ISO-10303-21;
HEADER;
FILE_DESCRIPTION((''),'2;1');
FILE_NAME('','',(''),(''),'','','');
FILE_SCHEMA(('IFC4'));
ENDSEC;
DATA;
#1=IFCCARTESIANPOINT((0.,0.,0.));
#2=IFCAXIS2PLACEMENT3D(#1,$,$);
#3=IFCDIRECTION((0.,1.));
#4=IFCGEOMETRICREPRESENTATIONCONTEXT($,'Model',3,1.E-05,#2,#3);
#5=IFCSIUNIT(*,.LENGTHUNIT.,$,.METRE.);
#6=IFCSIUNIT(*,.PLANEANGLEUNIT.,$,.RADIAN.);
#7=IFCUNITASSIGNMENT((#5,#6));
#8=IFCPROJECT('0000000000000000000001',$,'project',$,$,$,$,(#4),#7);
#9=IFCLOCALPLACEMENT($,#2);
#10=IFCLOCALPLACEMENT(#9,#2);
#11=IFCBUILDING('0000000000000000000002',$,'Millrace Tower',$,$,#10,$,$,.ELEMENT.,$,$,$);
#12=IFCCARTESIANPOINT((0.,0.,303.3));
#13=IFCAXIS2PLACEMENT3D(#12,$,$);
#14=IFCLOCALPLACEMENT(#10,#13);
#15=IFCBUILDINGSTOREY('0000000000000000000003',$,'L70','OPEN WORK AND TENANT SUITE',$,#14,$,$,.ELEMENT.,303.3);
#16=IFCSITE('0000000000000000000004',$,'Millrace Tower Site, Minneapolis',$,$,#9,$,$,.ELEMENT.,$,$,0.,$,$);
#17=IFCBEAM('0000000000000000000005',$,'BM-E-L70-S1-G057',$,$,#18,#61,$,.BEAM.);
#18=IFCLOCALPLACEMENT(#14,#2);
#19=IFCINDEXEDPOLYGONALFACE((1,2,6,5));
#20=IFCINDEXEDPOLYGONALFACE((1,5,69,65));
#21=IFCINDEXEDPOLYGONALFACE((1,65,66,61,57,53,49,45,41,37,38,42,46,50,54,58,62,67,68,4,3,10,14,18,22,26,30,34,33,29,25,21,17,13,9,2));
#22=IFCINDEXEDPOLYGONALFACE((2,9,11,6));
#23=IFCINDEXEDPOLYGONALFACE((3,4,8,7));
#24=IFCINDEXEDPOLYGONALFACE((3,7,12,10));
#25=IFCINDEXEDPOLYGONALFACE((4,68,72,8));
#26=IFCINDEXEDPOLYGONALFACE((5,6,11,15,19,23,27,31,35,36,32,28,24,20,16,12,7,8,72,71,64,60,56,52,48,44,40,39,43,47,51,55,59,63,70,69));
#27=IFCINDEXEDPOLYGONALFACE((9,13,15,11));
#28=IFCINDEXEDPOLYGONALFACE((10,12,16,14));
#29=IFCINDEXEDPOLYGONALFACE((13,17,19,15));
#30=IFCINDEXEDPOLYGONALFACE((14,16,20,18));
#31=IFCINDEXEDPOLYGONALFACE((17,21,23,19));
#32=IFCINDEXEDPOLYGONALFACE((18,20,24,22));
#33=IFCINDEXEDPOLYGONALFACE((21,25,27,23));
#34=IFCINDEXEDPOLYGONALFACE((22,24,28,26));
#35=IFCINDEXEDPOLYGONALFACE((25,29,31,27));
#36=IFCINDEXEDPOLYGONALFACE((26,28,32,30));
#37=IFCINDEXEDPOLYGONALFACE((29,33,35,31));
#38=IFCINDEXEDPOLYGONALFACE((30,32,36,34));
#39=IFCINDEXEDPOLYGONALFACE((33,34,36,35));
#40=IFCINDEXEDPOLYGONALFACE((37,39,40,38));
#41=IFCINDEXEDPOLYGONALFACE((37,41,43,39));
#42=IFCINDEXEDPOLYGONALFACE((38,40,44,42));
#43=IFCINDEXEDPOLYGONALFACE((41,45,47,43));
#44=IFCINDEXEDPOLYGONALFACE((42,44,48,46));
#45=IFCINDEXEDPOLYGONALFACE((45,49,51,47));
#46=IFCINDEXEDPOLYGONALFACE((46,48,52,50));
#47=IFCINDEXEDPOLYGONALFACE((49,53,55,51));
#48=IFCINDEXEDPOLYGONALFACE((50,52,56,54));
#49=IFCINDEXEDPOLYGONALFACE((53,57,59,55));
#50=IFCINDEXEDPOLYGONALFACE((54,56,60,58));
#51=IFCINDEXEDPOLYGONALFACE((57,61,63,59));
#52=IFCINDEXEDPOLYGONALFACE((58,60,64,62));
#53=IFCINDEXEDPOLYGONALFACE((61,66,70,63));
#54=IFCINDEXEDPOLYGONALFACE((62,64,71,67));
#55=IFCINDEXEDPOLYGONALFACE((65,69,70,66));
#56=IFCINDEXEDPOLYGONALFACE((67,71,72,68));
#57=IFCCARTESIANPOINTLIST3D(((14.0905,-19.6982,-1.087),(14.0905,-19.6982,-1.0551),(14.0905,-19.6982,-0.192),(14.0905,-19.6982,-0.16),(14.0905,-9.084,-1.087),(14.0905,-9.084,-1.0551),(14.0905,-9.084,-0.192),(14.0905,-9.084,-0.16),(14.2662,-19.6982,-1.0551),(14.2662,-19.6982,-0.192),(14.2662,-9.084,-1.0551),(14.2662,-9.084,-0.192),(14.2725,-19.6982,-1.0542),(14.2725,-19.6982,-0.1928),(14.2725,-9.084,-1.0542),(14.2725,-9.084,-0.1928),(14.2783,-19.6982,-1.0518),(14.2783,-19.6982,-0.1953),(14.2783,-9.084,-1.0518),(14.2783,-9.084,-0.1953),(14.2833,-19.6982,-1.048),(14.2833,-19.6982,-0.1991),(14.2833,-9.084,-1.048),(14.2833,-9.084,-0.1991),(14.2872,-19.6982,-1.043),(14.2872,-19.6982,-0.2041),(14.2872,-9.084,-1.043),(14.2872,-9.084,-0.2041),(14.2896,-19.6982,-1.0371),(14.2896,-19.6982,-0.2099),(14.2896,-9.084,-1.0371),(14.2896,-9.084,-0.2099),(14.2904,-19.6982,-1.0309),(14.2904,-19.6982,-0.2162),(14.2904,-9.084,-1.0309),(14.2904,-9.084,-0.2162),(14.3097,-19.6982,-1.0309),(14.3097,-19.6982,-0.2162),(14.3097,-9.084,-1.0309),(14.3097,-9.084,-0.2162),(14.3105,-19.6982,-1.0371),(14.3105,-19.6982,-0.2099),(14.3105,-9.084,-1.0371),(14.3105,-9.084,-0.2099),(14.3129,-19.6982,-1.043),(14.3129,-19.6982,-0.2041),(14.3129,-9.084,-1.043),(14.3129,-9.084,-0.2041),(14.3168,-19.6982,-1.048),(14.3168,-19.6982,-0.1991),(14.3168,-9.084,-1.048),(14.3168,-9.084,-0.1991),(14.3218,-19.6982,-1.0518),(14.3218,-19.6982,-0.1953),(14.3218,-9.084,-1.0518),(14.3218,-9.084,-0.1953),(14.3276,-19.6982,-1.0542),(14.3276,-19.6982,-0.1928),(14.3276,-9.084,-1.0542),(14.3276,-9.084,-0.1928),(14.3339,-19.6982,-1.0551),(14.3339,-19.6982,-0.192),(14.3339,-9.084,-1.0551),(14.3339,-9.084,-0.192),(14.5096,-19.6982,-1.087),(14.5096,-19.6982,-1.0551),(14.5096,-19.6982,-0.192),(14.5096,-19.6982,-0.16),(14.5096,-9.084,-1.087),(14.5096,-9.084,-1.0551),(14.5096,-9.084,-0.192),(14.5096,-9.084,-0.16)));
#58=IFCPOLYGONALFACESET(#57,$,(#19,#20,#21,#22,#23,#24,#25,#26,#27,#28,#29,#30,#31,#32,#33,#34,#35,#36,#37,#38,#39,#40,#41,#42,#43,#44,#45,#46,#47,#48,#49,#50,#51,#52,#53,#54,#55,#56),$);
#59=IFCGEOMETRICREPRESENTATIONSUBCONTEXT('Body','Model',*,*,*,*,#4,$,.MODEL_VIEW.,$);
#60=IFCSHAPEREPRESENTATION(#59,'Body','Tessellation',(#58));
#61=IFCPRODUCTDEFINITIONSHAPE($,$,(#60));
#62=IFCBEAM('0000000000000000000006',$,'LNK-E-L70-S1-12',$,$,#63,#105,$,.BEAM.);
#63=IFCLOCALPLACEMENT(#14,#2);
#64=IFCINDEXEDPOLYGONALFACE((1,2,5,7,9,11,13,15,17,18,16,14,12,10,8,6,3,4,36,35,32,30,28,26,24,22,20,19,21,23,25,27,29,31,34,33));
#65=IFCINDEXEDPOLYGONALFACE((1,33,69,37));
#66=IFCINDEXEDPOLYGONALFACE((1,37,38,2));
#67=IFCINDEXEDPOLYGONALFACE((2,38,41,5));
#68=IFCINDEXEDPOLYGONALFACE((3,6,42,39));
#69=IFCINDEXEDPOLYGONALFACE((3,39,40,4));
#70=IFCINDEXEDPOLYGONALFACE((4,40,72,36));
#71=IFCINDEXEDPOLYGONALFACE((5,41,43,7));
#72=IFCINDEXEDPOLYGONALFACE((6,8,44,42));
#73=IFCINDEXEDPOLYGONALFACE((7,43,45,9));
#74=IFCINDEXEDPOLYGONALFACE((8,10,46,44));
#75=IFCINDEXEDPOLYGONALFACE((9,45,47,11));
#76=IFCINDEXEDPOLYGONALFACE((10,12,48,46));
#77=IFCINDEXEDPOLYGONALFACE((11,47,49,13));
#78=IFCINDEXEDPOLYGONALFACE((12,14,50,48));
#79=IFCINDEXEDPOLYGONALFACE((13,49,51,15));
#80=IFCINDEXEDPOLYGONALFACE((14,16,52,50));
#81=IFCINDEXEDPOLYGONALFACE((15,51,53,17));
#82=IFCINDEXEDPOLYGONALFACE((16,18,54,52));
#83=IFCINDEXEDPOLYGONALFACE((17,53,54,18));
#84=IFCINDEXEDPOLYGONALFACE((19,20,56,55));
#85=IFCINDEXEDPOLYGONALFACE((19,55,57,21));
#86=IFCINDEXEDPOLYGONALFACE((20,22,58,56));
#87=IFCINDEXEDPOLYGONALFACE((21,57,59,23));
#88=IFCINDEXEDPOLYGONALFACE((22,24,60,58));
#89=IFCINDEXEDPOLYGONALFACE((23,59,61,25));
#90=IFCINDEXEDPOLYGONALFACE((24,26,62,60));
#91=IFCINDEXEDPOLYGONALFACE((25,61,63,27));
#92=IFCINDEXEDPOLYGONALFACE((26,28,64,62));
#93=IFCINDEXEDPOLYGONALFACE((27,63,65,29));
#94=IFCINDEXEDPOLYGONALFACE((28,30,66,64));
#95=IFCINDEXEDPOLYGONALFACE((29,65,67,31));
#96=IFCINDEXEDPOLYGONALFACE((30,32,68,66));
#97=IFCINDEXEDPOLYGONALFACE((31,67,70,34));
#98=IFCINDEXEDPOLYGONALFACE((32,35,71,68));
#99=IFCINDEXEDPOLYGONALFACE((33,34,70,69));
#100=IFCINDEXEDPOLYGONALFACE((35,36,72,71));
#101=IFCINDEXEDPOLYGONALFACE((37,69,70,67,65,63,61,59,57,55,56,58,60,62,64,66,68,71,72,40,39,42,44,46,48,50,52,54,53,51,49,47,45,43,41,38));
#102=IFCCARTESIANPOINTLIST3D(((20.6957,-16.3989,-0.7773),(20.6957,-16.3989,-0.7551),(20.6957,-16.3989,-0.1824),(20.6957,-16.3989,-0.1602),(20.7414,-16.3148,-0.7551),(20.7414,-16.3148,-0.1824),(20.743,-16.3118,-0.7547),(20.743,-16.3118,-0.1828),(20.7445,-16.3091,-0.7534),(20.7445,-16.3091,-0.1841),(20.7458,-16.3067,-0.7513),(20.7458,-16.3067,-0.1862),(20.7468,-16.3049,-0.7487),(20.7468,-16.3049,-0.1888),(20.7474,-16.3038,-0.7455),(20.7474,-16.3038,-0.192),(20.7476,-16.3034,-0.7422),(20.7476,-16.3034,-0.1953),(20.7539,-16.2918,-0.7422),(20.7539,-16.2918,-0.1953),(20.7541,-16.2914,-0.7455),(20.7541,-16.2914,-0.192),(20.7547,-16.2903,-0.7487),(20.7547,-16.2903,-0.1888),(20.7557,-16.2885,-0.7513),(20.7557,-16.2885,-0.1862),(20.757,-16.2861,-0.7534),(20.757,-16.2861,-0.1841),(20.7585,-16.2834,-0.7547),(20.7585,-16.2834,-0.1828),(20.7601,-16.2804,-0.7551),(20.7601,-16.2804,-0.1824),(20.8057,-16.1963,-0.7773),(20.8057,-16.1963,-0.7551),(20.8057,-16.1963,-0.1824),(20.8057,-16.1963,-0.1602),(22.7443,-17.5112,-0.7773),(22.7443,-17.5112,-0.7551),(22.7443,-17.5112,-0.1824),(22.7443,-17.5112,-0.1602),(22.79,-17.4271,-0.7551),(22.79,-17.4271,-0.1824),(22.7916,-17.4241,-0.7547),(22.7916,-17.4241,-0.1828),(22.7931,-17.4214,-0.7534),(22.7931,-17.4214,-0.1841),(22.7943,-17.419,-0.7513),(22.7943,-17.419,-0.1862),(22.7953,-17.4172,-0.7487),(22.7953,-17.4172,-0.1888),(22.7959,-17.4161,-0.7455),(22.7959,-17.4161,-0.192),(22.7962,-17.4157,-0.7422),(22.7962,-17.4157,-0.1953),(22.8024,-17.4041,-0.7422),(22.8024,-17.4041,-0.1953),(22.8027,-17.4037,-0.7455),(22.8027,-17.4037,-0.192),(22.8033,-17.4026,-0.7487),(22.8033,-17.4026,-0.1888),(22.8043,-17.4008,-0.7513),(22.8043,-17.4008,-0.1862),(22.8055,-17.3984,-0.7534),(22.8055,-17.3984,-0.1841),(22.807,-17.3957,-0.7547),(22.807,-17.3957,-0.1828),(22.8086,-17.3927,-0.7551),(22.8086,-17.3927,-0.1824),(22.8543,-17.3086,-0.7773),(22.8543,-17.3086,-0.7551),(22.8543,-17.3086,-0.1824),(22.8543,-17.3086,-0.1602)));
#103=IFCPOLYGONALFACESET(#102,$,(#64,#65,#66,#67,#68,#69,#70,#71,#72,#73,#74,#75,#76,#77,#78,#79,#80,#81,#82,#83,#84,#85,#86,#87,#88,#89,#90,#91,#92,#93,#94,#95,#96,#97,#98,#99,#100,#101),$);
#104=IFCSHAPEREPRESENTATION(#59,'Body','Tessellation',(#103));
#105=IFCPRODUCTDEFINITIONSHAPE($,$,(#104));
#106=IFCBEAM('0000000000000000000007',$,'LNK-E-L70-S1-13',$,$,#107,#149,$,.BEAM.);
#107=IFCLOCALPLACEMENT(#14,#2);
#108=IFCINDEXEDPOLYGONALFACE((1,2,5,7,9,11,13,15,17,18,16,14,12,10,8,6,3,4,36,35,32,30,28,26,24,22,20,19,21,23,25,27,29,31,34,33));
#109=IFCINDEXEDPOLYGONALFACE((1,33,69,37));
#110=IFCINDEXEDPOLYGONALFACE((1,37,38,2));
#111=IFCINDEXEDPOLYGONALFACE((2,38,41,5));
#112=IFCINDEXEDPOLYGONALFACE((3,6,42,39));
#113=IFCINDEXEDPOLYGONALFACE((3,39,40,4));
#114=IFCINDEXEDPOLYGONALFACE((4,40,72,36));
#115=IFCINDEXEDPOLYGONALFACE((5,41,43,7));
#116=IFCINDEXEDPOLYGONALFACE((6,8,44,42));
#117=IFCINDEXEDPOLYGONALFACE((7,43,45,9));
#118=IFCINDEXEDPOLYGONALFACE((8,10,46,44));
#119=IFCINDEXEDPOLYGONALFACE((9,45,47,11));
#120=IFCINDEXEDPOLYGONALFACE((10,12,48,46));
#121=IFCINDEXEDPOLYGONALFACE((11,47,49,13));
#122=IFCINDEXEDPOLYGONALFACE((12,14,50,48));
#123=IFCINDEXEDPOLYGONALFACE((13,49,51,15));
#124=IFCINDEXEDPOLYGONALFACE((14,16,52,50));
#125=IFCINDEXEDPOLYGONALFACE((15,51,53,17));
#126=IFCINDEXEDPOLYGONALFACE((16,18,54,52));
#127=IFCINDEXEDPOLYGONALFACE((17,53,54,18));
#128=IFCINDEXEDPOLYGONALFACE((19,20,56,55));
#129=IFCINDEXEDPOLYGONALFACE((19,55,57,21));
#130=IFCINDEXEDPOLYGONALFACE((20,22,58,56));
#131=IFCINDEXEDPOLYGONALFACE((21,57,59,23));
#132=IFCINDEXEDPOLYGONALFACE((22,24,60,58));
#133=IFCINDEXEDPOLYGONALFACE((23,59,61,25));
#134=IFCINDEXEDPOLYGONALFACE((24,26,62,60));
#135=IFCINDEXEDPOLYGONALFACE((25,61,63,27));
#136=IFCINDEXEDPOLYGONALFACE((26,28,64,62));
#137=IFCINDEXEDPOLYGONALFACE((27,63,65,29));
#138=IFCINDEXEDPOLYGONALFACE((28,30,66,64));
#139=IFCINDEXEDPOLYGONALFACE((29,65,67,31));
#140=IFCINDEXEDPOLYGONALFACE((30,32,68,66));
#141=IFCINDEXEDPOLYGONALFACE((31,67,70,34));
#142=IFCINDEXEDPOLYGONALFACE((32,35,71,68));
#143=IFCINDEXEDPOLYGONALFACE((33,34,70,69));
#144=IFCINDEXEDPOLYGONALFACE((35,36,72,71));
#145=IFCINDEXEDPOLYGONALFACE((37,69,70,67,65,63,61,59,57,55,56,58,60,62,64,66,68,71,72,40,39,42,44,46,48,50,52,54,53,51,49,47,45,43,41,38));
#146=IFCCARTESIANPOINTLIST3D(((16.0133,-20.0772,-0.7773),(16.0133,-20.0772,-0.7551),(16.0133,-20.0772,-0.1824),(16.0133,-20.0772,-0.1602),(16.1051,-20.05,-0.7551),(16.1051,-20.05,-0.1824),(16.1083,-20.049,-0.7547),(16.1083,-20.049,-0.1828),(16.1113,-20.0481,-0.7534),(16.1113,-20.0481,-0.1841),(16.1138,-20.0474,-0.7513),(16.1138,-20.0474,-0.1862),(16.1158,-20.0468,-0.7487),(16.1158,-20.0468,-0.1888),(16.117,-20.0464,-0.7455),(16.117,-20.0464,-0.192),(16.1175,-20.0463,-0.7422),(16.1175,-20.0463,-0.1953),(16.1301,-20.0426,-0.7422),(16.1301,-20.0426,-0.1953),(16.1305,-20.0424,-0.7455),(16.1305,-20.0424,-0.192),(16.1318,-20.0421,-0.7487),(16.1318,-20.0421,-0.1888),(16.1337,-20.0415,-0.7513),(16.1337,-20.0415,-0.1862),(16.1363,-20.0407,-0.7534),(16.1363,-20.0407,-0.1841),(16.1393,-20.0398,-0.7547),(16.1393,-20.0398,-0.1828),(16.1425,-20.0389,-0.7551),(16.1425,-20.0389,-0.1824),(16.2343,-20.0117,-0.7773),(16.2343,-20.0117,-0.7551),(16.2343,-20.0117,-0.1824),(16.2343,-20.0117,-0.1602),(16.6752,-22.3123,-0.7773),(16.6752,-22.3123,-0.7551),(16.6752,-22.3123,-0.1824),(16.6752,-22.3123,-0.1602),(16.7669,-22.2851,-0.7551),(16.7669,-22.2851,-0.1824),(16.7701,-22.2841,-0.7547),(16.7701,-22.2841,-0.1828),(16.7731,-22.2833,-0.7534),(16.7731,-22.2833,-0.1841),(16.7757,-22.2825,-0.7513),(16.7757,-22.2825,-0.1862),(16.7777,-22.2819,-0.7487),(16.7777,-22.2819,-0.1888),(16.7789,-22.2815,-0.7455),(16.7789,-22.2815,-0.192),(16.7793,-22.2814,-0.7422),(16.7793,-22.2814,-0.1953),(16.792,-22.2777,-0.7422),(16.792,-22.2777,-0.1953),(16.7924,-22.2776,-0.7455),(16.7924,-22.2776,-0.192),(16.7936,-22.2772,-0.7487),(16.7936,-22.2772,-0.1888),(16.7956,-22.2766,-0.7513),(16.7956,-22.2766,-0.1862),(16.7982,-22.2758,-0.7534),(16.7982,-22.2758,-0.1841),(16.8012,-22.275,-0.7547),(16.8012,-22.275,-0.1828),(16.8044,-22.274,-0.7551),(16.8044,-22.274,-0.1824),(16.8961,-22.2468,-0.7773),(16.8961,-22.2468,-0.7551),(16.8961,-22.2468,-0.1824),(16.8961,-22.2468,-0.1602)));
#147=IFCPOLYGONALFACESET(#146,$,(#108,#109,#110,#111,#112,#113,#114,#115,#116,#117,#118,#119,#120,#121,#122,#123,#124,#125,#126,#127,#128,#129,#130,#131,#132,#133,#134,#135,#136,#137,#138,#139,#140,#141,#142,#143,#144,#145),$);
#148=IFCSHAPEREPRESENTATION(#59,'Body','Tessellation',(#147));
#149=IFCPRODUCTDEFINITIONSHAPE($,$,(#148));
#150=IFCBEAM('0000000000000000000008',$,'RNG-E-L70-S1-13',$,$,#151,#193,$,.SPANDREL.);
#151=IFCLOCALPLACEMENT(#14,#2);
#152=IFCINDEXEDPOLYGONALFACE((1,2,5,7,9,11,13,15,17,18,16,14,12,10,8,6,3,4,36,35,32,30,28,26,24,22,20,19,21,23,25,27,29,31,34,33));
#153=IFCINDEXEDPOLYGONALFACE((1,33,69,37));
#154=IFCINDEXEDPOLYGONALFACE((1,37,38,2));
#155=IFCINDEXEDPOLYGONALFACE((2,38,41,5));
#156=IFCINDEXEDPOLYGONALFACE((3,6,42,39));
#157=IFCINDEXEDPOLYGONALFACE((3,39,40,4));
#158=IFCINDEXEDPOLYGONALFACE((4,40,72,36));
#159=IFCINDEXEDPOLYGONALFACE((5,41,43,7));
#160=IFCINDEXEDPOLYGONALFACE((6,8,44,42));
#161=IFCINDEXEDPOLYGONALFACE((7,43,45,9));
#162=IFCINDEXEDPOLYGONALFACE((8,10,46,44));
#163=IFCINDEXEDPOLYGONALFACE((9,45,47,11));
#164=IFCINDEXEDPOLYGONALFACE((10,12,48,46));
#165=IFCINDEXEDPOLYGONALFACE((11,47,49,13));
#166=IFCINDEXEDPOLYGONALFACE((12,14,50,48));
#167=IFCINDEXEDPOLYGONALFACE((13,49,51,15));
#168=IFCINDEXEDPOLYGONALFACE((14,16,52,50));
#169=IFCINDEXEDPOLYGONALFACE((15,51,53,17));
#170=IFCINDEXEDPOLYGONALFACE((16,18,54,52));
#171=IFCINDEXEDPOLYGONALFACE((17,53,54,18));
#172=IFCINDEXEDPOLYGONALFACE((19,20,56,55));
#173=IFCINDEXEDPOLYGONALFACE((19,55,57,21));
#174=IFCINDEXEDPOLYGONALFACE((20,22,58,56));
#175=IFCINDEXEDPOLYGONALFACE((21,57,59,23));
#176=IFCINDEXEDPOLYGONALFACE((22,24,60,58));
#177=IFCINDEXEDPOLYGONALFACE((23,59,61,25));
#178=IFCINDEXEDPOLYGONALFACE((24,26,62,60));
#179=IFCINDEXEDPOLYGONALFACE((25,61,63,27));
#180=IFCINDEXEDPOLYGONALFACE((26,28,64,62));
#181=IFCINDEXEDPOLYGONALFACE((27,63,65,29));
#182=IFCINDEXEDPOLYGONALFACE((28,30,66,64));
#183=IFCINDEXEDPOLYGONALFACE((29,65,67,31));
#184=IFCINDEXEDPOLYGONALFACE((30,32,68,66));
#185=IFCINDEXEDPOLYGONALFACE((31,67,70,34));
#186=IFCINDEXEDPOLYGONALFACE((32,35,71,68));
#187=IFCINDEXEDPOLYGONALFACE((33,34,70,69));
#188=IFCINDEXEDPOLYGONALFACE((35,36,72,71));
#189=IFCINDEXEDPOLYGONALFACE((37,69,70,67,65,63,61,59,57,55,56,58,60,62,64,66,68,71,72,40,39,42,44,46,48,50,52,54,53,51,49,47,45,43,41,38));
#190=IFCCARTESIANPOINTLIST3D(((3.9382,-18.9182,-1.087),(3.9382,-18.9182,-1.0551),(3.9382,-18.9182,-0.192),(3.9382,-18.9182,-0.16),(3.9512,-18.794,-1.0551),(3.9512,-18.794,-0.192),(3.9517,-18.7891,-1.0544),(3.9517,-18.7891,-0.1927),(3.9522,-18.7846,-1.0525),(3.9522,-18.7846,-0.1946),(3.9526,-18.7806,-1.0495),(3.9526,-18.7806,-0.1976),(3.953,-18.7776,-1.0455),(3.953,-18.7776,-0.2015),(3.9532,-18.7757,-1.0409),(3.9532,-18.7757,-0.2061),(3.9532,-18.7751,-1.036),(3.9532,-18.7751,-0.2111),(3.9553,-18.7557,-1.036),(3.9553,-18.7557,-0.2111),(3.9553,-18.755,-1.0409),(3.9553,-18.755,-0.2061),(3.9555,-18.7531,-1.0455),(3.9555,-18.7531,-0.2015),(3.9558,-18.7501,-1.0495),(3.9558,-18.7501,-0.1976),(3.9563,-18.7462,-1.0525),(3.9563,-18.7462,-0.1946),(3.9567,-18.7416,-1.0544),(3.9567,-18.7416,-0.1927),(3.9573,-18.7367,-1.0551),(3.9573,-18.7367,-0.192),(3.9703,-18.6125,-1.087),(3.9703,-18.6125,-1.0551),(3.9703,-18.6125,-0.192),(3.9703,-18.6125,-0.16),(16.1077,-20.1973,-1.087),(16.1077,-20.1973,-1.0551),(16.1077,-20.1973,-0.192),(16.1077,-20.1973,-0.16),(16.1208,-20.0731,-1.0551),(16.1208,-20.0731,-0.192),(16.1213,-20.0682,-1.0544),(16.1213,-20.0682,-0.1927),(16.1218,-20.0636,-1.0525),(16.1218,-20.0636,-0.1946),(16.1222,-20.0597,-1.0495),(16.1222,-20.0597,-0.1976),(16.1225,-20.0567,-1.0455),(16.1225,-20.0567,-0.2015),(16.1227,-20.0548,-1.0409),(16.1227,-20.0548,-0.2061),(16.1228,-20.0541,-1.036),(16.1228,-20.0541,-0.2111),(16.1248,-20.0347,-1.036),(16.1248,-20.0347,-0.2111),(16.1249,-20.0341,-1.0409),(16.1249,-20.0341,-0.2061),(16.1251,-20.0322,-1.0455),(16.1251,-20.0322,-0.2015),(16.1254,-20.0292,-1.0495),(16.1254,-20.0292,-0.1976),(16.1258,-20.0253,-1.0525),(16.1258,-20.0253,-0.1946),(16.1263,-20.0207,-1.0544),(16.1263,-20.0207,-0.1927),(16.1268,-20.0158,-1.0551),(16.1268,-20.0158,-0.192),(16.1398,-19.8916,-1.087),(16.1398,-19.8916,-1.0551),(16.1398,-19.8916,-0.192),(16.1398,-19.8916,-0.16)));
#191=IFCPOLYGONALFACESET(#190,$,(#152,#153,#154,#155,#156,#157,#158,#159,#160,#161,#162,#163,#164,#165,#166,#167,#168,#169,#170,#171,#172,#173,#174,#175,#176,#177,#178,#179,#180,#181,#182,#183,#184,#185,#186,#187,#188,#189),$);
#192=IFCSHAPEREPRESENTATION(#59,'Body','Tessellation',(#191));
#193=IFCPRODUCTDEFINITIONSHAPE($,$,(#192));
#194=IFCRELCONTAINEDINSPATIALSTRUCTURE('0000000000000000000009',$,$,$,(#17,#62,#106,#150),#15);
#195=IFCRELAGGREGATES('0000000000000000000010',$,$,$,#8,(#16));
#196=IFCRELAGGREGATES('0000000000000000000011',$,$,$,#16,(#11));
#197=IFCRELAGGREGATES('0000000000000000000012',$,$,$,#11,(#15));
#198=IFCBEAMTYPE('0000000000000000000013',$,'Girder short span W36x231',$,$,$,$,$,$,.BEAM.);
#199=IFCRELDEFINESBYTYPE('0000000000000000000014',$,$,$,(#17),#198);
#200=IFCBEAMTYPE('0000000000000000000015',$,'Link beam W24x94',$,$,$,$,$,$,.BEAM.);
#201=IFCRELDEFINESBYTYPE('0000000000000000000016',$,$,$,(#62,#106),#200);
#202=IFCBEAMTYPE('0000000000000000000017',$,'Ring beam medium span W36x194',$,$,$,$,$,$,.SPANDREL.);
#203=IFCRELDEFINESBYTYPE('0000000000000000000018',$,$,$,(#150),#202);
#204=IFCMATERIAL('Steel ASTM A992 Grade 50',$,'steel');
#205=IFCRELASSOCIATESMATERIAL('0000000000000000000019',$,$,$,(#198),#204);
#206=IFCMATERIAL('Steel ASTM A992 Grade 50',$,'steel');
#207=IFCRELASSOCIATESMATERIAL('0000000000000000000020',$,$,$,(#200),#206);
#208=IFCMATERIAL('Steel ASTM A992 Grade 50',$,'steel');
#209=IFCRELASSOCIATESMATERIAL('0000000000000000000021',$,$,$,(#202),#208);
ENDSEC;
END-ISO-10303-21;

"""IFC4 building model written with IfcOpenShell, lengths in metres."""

from ifc_helpers import new_model, si_unit, direction, frame, origin, origin_2d, place, context, subcontext, project, spatial, i_section, extrude, material, material_profile, profile_set, type_object, element, save


model = new_model("IFC4")

# Units and contexts
model_context = context("Model", 3, precision=1e-05, world=origin(), true_north=direction((0.0, 1.0)))
body_context = subcontext(model_context, "Body", "Model", "MODEL_VIEW")
ifc_project = project(units=[si_unit("LENGTHUNIT", "METRE"), si_unit("PLANEANGLEUNIT", "RADIAN")], contexts=[model_context])

# Site, building, storey
site_placement = place(None, origin())
site = spatial("IfcSite", under=ifc_project, at=site_placement, Name="Millrace Tower Site, Minneapolis", CompositionType="ELEMENT", RefElevation=0.0)
building_placement = place(site_placement, origin())
building = spatial("IfcBuilding", under=site, at=building_placement, Name="Millrace Tower", CompositionType="ELEMENT")
storey_placement = place(building_placement, frame((0.0, 0.0, 303.3)))
storey = spatial("IfcBuildingStorey", under=building, at=storey_placement, Name="L70", Description="OPEN WORK AND TENANT SUITE", CompositionType="ELEMENT", Elevation=303.3)

# Beams
ifc_material_1 = material(Name="Steel ASTM A992 Grade 50", Category="steel")
ifc_material_profile_1 = material_profile(ifc_material_1, i_section(OverallWidth=0.4192, OverallDepth=0.927, WebThickness=0.0193, FlangeThickness=0.032, FilletRadius=0.0242, at=origin_2d()))
ifc_profile_set_1 = profile_set([ifc_material_profile_1], Name="Steel ASTM A992 Grade 50")
beam_type_1 = type_object("IfcBeamType", Name="Girder short span W36x231", PredefinedType="BEAM", material=ifc_profile_set_1)
beam_1_placement = place(storey_placement, frame((14.3, -19.6982, -0.6235), z_axis=(0.0, 1.0, 0.0), x_axis=(-1.0, 0.0, 0.0)))
element("IfcBeam", 1, at=beam_1_placement, inside=storey, type_object=beam_type_1, Name="BM-E-L70-S1-G057", PredefinedType="BEAM", context=body_context, shape_type="SweptSolid", body=[
    extrude(i_section(OverallWidth=0.4192, OverallDepth=0.927, WebThickness=0.0193, FlangeThickness=0.032, FilletRadius=0.0242, at=origin_2d()), origin(), (0.0, 0.0, 1.0), 10.6143),
])
ifc_material_2 = material(Name="Steel ASTM A992 Grade 50", Category="steel")
ifc_material_profile_2 = material_profile(ifc_material_2, i_section(OverallWidth=0.2305, OverallDepth=0.6172, WebThickness=0.0132, FlangeThickness=0.0222, FilletRadius=0.0129, at=origin_2d()))
ifc_profile_set_2 = profile_set([ifc_material_profile_2], Name="Steel ASTM A992 Grade 50")
beam_type_2 = type_object("IfcBeamType", Name="Link beam W24x94", PredefinedType="BEAM", material=ifc_profile_set_2)
for number, where, z_axis, x_axis, name in (
    (2, (20.7507, -16.2976, -0.4688), (0.878815, -0.477164, 0.0), (0.477164, 0.878815, 0.0), "LNK-E-L70-S1-12"),
    (3, (16.1238, -20.0444, -0.4688), (0.283935, -0.958844, 0.0), (0.958844, 0.283935, 0.0), "LNK-E-L70-S1-13"),
):
    element("IfcBeam", number, at=place(storey_placement, frame(where, z_axis=z_axis, x_axis=x_axis)), inside=storey, type_object=beam_type_2, Name=name, PredefinedType="BEAM", context=body_context, shape_type="SweptSolid", body=[
        extrude(i_section(OverallWidth=0.2305, OverallDepth=0.6172, WebThickness=0.0132, FlangeThickness=0.0222, FilletRadius=0.0129, at=origin_2d()), origin(), (0.0, 0.0, 1.0), 2.3311),
    ])
ifc_material_3 = material(Name="Steel ASTM A992 Grade 50", Category="steel")
ifc_material_profile_3 = material_profile(ifc_material_3, i_section(OverallWidth=0.3074, OverallDepth=0.927, WebThickness=0.0195, FlangeThickness=0.032, FilletRadius=0.019, at=origin_2d()))
ifc_profile_set_3 = profile_set([ifc_material_profile_3], Name="Steel ASTM A992 Grade 50")
beam_type_3 = type_object("IfcBeamType", Name="Ring beam medium span W36x194", PredefinedType="SPANDREL", material=ifc_profile_set_3)
beam_2_placement = place(storey_placement, frame((16.1238, -20.0444, -0.6235), z_axis=(-0.994522, 0.104528, 0.0), x_axis=(-0.104528, -0.994522, 0.0)))
element("IfcBeam", 4, at=beam_2_placement, inside=storey, type_object=beam_type_3, Name="RNG-E-L70-S1-13", PredefinedType="SPANDREL", context=body_context, shape_type="SweptSolid", body=[
    extrude(i_section(OverallWidth=0.3074, OverallDepth=0.927, WebThickness=0.0195, FlangeThickness=0.032, FilletRadius=0.019, at=origin_2d()), origin(), (0.0, 0.0, 1.0), 12.2366),
])

save(model, "model.ifc")
